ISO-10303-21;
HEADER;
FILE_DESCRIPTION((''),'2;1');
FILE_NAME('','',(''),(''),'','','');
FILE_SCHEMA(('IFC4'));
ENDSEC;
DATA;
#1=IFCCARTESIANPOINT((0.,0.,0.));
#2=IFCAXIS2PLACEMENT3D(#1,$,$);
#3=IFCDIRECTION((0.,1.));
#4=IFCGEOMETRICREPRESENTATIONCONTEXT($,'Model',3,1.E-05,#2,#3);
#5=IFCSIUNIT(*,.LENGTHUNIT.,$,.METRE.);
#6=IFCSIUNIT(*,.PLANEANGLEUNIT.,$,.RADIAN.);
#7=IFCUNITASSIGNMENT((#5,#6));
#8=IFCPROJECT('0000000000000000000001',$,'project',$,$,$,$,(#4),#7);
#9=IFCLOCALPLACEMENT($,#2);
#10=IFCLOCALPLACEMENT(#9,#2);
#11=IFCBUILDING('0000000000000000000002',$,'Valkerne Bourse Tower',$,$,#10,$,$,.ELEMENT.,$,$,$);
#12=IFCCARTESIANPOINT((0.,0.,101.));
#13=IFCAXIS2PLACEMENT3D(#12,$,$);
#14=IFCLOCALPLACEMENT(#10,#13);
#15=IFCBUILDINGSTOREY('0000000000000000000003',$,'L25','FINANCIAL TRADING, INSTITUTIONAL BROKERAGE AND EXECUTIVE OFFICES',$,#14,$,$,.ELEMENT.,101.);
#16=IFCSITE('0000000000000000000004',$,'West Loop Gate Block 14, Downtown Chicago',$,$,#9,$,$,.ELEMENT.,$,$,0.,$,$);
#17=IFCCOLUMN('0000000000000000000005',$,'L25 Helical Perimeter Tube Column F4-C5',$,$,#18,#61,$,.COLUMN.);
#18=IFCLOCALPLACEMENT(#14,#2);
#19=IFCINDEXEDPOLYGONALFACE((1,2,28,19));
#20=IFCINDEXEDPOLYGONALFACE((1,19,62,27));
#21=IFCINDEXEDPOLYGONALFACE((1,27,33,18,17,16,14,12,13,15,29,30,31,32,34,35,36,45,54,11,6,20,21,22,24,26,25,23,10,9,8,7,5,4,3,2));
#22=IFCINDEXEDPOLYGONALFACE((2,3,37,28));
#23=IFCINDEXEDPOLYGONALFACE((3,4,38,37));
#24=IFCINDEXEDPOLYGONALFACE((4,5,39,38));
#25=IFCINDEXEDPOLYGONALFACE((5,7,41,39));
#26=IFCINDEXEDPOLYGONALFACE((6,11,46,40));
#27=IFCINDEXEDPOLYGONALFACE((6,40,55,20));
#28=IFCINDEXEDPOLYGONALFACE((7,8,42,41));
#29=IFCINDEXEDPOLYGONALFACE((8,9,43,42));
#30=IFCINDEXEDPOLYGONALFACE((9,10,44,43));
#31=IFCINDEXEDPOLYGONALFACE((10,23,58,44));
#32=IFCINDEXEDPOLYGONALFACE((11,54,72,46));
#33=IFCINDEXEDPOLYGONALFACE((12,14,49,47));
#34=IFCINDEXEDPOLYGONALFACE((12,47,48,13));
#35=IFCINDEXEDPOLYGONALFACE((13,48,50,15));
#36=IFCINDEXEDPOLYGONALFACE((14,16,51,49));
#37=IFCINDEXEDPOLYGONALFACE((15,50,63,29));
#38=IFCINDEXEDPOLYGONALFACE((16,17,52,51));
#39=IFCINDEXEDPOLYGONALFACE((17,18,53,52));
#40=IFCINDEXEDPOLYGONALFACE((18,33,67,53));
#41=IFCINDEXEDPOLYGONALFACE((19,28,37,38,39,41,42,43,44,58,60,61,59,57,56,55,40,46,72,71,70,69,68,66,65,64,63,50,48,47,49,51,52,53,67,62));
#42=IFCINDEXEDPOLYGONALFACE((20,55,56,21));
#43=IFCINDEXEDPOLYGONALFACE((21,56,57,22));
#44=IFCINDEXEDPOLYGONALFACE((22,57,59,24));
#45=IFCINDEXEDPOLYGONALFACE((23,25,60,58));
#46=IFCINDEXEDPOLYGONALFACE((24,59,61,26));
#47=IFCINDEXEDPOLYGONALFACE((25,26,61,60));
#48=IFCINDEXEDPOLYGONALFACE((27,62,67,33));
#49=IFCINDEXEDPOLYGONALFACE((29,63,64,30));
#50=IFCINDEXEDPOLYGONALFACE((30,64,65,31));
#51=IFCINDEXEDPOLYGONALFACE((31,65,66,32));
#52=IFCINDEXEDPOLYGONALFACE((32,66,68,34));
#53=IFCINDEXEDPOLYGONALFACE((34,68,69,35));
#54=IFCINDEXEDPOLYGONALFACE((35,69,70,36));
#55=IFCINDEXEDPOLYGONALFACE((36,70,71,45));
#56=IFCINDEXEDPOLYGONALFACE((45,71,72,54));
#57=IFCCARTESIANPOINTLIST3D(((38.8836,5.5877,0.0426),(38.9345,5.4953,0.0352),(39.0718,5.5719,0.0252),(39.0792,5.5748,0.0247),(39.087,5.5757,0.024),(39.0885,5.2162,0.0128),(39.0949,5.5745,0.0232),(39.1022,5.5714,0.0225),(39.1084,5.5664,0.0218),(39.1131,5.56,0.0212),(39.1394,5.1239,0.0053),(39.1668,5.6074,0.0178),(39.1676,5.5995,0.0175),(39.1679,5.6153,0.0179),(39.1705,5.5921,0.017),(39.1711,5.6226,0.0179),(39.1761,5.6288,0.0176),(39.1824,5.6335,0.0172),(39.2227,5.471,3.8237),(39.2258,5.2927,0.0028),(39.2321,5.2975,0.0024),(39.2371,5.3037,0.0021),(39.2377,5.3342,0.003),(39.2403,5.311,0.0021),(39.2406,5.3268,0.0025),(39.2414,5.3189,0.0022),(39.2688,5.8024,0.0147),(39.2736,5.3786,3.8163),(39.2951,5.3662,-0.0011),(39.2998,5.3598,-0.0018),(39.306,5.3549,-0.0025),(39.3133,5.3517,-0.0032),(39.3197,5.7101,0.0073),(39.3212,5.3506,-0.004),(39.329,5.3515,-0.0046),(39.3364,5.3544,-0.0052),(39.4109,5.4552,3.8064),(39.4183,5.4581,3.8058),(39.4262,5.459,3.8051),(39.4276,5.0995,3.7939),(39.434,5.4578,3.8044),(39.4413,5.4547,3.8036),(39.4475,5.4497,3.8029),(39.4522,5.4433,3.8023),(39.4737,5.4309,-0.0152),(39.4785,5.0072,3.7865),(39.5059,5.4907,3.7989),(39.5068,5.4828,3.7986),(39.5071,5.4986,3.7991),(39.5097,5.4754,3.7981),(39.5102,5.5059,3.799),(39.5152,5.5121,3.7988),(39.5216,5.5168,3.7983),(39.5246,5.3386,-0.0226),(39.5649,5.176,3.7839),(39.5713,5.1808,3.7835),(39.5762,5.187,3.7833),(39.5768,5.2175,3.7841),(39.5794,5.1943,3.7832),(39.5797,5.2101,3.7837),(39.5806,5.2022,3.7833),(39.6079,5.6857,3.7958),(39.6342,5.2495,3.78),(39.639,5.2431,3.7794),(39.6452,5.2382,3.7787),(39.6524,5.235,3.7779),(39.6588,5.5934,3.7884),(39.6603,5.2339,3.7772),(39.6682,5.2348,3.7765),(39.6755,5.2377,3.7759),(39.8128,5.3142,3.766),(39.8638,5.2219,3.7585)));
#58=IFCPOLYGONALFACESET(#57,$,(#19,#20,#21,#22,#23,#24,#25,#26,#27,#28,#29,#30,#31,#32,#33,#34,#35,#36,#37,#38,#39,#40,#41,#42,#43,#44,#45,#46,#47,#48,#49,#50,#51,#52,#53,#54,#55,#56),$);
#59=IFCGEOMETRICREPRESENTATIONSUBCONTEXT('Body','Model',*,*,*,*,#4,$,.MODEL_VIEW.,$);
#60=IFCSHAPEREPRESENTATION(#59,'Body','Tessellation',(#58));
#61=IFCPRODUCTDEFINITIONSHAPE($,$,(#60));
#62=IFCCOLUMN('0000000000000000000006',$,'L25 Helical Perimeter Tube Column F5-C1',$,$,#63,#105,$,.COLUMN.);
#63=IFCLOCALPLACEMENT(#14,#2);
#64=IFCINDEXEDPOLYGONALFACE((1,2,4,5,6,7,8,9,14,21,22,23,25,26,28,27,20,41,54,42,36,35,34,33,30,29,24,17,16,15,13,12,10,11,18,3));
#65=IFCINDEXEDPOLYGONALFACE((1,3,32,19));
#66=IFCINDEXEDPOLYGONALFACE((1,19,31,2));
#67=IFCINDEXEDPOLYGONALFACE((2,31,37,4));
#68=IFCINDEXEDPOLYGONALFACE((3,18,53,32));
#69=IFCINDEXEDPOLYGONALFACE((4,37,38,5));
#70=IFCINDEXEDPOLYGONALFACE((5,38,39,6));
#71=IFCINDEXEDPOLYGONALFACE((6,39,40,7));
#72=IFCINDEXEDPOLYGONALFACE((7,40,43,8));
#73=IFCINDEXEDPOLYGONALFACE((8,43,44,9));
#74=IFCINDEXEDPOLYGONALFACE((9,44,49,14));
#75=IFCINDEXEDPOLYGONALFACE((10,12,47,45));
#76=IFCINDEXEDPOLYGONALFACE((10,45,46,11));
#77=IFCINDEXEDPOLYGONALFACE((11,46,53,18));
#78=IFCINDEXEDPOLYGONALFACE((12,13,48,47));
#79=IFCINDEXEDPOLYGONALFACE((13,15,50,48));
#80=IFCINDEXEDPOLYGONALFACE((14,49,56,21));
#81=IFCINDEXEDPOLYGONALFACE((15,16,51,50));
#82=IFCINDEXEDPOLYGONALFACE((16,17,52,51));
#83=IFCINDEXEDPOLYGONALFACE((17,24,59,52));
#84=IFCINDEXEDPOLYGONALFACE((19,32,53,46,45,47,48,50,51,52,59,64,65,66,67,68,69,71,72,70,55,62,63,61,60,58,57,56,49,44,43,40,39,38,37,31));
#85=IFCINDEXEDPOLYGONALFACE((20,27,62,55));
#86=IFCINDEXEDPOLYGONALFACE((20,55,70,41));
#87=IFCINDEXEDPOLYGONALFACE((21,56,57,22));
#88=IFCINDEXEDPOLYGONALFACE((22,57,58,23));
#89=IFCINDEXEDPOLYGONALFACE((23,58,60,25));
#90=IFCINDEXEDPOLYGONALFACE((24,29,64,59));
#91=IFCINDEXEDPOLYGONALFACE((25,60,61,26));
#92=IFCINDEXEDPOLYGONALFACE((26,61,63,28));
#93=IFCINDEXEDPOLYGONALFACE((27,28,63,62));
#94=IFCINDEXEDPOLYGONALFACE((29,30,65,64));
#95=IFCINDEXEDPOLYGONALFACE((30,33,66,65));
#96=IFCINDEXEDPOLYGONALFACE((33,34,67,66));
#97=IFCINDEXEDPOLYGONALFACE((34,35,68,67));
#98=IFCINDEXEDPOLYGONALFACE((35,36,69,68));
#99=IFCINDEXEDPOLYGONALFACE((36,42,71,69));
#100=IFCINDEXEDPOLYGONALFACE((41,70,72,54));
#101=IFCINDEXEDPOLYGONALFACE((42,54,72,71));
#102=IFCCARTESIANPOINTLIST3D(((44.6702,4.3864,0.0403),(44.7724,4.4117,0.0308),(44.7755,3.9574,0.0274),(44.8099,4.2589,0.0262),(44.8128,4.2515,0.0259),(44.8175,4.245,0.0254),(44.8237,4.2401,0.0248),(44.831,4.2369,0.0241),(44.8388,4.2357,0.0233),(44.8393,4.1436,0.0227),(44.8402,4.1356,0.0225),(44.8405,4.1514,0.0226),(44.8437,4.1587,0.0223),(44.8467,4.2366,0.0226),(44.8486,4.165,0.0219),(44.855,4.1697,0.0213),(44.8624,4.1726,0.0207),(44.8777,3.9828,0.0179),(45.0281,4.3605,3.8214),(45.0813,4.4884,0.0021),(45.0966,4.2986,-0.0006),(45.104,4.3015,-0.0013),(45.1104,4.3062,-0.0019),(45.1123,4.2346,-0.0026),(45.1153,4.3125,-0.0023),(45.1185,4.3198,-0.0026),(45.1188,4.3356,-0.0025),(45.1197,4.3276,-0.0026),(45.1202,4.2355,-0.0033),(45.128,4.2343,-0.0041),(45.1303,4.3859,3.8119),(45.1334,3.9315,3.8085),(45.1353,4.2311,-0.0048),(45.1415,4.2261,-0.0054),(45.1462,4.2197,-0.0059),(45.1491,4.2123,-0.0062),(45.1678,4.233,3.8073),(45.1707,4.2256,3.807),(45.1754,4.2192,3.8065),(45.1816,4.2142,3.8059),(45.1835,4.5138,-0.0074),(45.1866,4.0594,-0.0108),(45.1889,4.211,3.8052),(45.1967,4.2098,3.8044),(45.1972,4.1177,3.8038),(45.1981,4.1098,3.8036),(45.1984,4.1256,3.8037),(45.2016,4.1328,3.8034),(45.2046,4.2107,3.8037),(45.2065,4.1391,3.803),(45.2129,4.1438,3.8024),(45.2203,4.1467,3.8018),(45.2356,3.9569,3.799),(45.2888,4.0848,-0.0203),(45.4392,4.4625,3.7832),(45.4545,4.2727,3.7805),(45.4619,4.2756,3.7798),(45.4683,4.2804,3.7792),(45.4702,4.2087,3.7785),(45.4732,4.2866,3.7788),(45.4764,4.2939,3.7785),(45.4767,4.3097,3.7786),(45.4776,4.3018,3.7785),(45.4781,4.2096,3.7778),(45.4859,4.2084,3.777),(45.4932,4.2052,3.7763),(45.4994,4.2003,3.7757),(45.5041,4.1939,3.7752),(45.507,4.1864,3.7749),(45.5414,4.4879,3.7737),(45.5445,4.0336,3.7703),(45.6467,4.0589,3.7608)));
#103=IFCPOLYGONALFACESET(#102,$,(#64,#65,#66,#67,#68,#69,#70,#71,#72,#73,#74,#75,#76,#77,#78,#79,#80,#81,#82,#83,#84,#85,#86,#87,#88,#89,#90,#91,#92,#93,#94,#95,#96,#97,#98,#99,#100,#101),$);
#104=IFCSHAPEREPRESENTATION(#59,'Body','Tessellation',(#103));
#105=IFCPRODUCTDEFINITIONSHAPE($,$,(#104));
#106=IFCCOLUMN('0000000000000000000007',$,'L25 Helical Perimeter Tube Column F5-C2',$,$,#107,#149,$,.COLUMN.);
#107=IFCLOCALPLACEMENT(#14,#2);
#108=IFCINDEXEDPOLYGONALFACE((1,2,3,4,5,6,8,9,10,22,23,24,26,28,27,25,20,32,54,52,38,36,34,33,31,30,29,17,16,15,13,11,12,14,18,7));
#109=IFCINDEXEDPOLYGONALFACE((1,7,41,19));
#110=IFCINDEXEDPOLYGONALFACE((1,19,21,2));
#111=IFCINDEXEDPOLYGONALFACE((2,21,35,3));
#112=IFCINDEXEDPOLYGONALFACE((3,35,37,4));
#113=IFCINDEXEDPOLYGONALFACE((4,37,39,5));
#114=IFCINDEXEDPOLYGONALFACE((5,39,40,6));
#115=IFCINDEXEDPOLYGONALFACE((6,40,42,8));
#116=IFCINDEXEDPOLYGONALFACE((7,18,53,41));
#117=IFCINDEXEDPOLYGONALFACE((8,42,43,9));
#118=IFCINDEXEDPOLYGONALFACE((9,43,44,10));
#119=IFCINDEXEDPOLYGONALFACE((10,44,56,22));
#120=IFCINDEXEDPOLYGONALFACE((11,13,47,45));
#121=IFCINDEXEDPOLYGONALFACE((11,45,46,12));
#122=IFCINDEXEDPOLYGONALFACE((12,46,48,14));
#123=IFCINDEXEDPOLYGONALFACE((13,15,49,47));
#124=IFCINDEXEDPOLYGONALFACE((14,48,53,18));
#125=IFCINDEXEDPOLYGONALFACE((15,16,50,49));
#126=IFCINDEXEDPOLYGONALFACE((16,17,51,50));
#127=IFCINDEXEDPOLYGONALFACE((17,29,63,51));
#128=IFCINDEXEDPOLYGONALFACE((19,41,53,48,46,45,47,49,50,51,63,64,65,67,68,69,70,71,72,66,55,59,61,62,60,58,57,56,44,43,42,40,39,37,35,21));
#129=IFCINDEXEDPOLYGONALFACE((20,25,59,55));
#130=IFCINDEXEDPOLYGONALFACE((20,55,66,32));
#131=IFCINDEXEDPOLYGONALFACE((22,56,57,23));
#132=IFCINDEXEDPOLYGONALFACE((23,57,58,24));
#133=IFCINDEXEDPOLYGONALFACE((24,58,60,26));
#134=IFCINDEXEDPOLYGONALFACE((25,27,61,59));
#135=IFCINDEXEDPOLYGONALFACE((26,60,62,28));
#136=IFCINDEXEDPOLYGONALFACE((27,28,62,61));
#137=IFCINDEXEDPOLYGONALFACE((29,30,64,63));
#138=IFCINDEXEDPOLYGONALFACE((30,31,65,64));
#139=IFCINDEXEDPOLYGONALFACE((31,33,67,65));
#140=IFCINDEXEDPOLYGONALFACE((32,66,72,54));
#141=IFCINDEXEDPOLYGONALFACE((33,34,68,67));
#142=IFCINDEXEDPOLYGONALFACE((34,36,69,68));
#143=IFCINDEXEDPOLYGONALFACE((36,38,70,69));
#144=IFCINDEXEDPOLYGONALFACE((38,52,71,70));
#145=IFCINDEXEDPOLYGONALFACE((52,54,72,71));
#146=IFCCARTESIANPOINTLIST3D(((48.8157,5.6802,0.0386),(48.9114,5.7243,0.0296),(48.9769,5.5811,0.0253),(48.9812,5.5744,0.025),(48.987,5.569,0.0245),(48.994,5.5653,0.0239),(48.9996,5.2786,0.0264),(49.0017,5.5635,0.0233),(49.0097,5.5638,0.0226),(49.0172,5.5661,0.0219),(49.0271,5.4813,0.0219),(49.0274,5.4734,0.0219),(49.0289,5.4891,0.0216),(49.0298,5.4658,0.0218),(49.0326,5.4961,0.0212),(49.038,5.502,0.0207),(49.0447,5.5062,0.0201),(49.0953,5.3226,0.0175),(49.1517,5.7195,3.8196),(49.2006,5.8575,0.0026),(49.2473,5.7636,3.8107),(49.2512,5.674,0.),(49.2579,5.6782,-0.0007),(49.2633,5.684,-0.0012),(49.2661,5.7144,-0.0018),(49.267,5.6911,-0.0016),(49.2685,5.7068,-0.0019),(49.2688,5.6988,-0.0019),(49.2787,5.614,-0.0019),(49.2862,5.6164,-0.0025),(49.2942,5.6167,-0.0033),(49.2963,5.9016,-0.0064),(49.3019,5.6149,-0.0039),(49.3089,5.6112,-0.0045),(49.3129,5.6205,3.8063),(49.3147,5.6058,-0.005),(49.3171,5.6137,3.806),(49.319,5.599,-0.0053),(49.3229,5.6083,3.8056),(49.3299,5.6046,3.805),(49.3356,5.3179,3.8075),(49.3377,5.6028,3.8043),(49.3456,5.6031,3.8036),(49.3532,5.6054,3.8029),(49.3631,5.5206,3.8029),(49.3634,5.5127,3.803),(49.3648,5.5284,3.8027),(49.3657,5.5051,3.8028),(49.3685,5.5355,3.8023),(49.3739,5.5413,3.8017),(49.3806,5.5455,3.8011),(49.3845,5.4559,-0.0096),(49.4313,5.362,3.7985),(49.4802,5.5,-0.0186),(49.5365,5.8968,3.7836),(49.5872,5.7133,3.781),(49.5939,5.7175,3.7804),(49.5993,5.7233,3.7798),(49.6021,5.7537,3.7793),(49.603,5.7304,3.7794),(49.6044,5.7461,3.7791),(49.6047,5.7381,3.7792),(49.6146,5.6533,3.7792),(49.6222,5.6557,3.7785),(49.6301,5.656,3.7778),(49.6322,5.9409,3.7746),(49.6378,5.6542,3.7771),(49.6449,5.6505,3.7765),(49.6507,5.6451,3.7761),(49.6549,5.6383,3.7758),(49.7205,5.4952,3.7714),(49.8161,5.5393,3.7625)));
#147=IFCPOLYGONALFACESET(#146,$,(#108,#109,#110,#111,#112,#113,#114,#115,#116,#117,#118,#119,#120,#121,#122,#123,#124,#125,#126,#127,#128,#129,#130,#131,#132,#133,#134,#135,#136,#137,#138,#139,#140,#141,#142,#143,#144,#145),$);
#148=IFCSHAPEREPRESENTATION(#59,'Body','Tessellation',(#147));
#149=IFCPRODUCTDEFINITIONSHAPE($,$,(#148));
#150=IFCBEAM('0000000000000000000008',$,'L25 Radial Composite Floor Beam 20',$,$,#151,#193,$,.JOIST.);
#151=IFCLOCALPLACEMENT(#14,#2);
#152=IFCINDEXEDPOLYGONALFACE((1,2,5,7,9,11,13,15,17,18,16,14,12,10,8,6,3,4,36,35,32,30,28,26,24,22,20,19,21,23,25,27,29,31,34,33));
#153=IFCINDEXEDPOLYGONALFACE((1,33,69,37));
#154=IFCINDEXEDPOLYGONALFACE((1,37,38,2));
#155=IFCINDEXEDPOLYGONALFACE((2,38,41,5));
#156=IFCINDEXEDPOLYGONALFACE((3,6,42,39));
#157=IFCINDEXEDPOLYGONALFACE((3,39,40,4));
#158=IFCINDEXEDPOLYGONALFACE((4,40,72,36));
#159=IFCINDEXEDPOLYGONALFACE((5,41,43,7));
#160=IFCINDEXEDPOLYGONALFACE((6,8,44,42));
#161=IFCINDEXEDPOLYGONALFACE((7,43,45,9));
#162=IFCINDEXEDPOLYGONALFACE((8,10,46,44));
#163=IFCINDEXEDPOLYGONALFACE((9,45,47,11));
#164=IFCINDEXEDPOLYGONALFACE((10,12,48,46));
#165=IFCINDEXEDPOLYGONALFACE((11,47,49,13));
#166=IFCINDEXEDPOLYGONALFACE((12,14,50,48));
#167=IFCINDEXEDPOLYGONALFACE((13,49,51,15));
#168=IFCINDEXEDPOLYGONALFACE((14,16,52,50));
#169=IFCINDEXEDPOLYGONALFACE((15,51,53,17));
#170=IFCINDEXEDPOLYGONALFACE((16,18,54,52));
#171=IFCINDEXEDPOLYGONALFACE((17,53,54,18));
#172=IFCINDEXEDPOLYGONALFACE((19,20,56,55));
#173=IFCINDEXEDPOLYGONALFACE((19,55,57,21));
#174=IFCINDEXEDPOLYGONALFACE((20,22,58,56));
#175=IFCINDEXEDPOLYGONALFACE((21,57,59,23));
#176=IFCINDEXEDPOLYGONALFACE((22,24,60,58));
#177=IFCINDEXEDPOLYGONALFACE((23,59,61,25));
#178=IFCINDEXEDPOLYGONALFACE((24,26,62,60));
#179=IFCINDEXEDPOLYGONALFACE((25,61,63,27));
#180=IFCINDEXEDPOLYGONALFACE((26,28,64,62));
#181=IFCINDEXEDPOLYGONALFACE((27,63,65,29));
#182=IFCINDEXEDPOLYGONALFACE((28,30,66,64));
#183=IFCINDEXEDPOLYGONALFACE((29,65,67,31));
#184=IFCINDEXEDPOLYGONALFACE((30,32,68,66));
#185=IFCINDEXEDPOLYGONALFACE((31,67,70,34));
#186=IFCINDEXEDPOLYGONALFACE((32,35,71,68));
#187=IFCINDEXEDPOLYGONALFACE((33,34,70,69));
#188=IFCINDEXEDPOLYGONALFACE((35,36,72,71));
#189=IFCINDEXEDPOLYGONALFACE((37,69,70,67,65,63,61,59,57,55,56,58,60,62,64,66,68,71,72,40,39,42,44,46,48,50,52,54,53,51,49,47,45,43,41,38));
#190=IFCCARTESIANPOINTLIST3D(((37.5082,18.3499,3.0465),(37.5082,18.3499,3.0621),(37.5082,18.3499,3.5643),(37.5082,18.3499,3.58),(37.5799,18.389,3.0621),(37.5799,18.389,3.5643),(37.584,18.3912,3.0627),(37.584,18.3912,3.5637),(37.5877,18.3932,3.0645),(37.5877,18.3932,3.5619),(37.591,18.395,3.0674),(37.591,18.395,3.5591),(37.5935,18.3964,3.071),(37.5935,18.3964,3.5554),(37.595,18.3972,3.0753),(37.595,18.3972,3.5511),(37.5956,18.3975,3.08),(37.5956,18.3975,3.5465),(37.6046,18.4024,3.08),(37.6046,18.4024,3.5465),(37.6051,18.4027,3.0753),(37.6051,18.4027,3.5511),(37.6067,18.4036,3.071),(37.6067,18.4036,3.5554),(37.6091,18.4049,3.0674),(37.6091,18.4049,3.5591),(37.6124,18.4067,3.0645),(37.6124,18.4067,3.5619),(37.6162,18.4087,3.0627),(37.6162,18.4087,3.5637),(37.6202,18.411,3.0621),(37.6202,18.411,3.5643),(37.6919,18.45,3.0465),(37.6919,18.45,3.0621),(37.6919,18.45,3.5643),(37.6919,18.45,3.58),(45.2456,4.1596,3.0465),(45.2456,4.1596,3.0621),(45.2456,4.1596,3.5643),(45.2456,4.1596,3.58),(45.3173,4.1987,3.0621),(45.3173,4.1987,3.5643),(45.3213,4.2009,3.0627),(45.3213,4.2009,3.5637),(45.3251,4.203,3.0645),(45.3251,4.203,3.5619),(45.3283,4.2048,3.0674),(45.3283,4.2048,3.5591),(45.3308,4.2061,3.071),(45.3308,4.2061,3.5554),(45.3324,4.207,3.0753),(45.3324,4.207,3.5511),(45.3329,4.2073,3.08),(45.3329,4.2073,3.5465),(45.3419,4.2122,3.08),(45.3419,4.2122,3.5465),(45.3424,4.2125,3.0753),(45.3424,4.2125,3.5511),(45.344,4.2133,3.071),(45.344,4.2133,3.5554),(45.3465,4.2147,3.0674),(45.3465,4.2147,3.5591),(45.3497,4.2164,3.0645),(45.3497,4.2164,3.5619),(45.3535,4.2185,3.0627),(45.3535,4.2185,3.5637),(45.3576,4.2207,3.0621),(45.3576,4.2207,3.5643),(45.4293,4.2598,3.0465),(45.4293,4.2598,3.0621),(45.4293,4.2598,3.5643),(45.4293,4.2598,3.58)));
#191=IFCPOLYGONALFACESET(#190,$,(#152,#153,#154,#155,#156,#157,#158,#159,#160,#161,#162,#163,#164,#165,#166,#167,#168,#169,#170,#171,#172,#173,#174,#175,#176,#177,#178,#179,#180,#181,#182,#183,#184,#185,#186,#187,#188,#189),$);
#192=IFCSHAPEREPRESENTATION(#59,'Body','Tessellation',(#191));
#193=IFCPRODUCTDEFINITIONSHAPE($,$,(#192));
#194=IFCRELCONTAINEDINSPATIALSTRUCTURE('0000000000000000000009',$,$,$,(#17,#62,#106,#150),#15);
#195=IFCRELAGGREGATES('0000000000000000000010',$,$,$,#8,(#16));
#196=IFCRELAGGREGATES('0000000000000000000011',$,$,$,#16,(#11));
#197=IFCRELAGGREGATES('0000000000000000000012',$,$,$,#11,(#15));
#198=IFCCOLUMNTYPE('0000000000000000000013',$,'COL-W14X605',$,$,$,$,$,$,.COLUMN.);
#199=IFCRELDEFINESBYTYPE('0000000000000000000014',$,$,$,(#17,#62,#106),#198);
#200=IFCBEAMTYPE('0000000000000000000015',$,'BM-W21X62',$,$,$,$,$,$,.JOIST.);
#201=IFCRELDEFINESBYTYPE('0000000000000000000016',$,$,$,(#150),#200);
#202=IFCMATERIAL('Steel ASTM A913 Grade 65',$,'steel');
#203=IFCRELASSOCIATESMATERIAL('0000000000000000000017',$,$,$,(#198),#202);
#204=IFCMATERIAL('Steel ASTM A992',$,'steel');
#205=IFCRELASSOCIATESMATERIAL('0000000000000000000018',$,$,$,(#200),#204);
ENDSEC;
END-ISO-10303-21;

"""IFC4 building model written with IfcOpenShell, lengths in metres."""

from ifc_helpers import new_model, si_unit, direction, frame, origin, origin_2d, place, context, subcontext, project, spatial, i_section, extrude, material, material_profile, profile_set, type_object, element, save


model = new_model("IFC4")

# Units and contexts
model_context = context("Model", 3, precision=1e-05, world=origin(), true_north=direction((0.0, 1.0)))
body_context = subcontext(model_context, "Body", "Model", "MODEL_VIEW")
ifc_project = project(units=[si_unit("LENGTHUNIT", "METRE"), si_unit("PLANEANGLEUNIT", "RADIAN")], contexts=[model_context])

# Site, building, storey
site_placement = place(None, origin())
site = spatial("IfcSite", under=ifc_project, at=site_placement, Name="West Loop Gate Block 14, Downtown Chicago", CompositionType="ELEMENT", RefElevation=0.0)
building_placement = place(site_placement, origin())
building = spatial("IfcBuilding", under=site, at=building_placement, Name="Valkerne Bourse Tower", CompositionType="ELEMENT")
storey_placement = place(building_placement, frame((0.0, 0.0, 101.0)))
storey = spatial("IfcBuildingStorey", under=building, at=storey_placement, Name="L25", Description="FINANCIAL TRADING, INSTITUTIONAL BROKERAGE AND EXECUTIVE OFFICES", CompositionType="ELEMENT", Elevation=101.0)

# Columns
ifc_material_1 = material(Name="Steel ASTM A913 Grade 65", Category="steel")
ifc_material_profile_1 = material_profile(ifc_material_1, i_section(OverallWidth=0.4419, OverallDepth=0.531, WebThickness=0.0659, FlangeThickness=0.1057, FilletRadius=0.0305, at=origin_2d()), Name="W14X605")
ifc_profile_set_1 = profile_set([ifc_material_profile_1], Name="Steel ASTM A913 Grade 65")
column_type = type_object("IfcColumnType", Name="COL-W14X605", PredefinedType="COLUMN", material=ifc_profile_set_1)
for number, where, z_axis, x_axis, name in (
    (1, (39.2041, 5.4631, 0.01), (0.089287, -0.030727, 0.995532), (0.871708, 0.485935, -0.063184), "L25 Helical Perimeter Tube Column F4-C5"),
    (2, (44.9795, 4.2356, 0.01), (0.094237, -0.006814, 0.995527), (-0.238246, 0.970766, 0.029197), "L25 Helical Perimeter Tube Column F5-C1"),
):
    element("IfcColumn", number, at=place(storey_placement, frame(where, z_axis=z_axis, x_axis=x_axis)), inside=storey, type_object=column_type, Name=name, PredefinedType="COLUMN", context=body_context, shape_type="SweptSolid", body=[
        extrude(i_section(OverallWidth=0.4419, OverallDepth=0.531, WebThickness=0.0659, FlangeThickness=0.1057, FilletRadius=0.0305, at=origin_2d()), origin(), (0.0, 0.0, 1.0), 3.7981),
    ])
column_placement = place(storey_placement, frame((49.1479, 5.5901, 0.01), z_axis=(0.088495, 0.010354, 0.996023), x_axis=(-0.416228, 0.908843, 0.027533)))
element("IfcColumn", 3, at=column_placement, inside=storey, type_object=column_type, Name="L25 Helical Perimeter Tube Column F5-C2", PredefinedType="COLUMN", context=body_context, shape_type="SweptSolid", body=[
    extrude(i_section(OverallWidth=0.4419, OverallDepth=0.531, WebThickness=0.0659, FlangeThickness=0.1057, FilletRadius=0.0305, at=origin_2d()), origin(), (0.0, 0.0, 1.0), 3.7961),
])

# Beam
ifc_material_2 = material(Name="Steel ASTM A992", Category="steel")
ifc_material_profile_2 = material_profile(ifc_material_2, i_section(OverallWidth=0.2092, OverallDepth=0.5334, WebThickness=0.0103, FlangeThickness=0.0156, FilletRadius=0.0178, at=origin_2d()), Name="W21X62")
ifc_profile_set_2 = profile_set([ifc_material_profile_2], Name="Steel ASTM A992")
beam_type_1 = type_object("IfcBeamType", Name="BM-W21X62", PredefinedType="JOIST", material=ifc_profile_set_2)
beam_1_placement = place(storey_placement, frame((45.3374, 4.2097, 3.3132), z_axis=(-0.478719, 0.877968, 0.0), x_axis=(-0.877968, -0.478719, 0.0)))
element("IfcBeam", 4, at=beam_1_placement, inside=storey, type_object=beam_type_1, Name="L25 Radial Composite Floor Beam 20", PredefinedType="JOIST", context=body_context, shape_type="SweptSolid", body=[
    extrude(i_section(OverallWidth=0.2092, OverallDepth=0.5334, WebThickness=0.0103, FlangeThickness=0.0156, FilletRadius=0.0178, at=origin_2d()), origin(), (0.0, 0.0, 1.0), 16.1626),
])

save(model, "model.ifc")
